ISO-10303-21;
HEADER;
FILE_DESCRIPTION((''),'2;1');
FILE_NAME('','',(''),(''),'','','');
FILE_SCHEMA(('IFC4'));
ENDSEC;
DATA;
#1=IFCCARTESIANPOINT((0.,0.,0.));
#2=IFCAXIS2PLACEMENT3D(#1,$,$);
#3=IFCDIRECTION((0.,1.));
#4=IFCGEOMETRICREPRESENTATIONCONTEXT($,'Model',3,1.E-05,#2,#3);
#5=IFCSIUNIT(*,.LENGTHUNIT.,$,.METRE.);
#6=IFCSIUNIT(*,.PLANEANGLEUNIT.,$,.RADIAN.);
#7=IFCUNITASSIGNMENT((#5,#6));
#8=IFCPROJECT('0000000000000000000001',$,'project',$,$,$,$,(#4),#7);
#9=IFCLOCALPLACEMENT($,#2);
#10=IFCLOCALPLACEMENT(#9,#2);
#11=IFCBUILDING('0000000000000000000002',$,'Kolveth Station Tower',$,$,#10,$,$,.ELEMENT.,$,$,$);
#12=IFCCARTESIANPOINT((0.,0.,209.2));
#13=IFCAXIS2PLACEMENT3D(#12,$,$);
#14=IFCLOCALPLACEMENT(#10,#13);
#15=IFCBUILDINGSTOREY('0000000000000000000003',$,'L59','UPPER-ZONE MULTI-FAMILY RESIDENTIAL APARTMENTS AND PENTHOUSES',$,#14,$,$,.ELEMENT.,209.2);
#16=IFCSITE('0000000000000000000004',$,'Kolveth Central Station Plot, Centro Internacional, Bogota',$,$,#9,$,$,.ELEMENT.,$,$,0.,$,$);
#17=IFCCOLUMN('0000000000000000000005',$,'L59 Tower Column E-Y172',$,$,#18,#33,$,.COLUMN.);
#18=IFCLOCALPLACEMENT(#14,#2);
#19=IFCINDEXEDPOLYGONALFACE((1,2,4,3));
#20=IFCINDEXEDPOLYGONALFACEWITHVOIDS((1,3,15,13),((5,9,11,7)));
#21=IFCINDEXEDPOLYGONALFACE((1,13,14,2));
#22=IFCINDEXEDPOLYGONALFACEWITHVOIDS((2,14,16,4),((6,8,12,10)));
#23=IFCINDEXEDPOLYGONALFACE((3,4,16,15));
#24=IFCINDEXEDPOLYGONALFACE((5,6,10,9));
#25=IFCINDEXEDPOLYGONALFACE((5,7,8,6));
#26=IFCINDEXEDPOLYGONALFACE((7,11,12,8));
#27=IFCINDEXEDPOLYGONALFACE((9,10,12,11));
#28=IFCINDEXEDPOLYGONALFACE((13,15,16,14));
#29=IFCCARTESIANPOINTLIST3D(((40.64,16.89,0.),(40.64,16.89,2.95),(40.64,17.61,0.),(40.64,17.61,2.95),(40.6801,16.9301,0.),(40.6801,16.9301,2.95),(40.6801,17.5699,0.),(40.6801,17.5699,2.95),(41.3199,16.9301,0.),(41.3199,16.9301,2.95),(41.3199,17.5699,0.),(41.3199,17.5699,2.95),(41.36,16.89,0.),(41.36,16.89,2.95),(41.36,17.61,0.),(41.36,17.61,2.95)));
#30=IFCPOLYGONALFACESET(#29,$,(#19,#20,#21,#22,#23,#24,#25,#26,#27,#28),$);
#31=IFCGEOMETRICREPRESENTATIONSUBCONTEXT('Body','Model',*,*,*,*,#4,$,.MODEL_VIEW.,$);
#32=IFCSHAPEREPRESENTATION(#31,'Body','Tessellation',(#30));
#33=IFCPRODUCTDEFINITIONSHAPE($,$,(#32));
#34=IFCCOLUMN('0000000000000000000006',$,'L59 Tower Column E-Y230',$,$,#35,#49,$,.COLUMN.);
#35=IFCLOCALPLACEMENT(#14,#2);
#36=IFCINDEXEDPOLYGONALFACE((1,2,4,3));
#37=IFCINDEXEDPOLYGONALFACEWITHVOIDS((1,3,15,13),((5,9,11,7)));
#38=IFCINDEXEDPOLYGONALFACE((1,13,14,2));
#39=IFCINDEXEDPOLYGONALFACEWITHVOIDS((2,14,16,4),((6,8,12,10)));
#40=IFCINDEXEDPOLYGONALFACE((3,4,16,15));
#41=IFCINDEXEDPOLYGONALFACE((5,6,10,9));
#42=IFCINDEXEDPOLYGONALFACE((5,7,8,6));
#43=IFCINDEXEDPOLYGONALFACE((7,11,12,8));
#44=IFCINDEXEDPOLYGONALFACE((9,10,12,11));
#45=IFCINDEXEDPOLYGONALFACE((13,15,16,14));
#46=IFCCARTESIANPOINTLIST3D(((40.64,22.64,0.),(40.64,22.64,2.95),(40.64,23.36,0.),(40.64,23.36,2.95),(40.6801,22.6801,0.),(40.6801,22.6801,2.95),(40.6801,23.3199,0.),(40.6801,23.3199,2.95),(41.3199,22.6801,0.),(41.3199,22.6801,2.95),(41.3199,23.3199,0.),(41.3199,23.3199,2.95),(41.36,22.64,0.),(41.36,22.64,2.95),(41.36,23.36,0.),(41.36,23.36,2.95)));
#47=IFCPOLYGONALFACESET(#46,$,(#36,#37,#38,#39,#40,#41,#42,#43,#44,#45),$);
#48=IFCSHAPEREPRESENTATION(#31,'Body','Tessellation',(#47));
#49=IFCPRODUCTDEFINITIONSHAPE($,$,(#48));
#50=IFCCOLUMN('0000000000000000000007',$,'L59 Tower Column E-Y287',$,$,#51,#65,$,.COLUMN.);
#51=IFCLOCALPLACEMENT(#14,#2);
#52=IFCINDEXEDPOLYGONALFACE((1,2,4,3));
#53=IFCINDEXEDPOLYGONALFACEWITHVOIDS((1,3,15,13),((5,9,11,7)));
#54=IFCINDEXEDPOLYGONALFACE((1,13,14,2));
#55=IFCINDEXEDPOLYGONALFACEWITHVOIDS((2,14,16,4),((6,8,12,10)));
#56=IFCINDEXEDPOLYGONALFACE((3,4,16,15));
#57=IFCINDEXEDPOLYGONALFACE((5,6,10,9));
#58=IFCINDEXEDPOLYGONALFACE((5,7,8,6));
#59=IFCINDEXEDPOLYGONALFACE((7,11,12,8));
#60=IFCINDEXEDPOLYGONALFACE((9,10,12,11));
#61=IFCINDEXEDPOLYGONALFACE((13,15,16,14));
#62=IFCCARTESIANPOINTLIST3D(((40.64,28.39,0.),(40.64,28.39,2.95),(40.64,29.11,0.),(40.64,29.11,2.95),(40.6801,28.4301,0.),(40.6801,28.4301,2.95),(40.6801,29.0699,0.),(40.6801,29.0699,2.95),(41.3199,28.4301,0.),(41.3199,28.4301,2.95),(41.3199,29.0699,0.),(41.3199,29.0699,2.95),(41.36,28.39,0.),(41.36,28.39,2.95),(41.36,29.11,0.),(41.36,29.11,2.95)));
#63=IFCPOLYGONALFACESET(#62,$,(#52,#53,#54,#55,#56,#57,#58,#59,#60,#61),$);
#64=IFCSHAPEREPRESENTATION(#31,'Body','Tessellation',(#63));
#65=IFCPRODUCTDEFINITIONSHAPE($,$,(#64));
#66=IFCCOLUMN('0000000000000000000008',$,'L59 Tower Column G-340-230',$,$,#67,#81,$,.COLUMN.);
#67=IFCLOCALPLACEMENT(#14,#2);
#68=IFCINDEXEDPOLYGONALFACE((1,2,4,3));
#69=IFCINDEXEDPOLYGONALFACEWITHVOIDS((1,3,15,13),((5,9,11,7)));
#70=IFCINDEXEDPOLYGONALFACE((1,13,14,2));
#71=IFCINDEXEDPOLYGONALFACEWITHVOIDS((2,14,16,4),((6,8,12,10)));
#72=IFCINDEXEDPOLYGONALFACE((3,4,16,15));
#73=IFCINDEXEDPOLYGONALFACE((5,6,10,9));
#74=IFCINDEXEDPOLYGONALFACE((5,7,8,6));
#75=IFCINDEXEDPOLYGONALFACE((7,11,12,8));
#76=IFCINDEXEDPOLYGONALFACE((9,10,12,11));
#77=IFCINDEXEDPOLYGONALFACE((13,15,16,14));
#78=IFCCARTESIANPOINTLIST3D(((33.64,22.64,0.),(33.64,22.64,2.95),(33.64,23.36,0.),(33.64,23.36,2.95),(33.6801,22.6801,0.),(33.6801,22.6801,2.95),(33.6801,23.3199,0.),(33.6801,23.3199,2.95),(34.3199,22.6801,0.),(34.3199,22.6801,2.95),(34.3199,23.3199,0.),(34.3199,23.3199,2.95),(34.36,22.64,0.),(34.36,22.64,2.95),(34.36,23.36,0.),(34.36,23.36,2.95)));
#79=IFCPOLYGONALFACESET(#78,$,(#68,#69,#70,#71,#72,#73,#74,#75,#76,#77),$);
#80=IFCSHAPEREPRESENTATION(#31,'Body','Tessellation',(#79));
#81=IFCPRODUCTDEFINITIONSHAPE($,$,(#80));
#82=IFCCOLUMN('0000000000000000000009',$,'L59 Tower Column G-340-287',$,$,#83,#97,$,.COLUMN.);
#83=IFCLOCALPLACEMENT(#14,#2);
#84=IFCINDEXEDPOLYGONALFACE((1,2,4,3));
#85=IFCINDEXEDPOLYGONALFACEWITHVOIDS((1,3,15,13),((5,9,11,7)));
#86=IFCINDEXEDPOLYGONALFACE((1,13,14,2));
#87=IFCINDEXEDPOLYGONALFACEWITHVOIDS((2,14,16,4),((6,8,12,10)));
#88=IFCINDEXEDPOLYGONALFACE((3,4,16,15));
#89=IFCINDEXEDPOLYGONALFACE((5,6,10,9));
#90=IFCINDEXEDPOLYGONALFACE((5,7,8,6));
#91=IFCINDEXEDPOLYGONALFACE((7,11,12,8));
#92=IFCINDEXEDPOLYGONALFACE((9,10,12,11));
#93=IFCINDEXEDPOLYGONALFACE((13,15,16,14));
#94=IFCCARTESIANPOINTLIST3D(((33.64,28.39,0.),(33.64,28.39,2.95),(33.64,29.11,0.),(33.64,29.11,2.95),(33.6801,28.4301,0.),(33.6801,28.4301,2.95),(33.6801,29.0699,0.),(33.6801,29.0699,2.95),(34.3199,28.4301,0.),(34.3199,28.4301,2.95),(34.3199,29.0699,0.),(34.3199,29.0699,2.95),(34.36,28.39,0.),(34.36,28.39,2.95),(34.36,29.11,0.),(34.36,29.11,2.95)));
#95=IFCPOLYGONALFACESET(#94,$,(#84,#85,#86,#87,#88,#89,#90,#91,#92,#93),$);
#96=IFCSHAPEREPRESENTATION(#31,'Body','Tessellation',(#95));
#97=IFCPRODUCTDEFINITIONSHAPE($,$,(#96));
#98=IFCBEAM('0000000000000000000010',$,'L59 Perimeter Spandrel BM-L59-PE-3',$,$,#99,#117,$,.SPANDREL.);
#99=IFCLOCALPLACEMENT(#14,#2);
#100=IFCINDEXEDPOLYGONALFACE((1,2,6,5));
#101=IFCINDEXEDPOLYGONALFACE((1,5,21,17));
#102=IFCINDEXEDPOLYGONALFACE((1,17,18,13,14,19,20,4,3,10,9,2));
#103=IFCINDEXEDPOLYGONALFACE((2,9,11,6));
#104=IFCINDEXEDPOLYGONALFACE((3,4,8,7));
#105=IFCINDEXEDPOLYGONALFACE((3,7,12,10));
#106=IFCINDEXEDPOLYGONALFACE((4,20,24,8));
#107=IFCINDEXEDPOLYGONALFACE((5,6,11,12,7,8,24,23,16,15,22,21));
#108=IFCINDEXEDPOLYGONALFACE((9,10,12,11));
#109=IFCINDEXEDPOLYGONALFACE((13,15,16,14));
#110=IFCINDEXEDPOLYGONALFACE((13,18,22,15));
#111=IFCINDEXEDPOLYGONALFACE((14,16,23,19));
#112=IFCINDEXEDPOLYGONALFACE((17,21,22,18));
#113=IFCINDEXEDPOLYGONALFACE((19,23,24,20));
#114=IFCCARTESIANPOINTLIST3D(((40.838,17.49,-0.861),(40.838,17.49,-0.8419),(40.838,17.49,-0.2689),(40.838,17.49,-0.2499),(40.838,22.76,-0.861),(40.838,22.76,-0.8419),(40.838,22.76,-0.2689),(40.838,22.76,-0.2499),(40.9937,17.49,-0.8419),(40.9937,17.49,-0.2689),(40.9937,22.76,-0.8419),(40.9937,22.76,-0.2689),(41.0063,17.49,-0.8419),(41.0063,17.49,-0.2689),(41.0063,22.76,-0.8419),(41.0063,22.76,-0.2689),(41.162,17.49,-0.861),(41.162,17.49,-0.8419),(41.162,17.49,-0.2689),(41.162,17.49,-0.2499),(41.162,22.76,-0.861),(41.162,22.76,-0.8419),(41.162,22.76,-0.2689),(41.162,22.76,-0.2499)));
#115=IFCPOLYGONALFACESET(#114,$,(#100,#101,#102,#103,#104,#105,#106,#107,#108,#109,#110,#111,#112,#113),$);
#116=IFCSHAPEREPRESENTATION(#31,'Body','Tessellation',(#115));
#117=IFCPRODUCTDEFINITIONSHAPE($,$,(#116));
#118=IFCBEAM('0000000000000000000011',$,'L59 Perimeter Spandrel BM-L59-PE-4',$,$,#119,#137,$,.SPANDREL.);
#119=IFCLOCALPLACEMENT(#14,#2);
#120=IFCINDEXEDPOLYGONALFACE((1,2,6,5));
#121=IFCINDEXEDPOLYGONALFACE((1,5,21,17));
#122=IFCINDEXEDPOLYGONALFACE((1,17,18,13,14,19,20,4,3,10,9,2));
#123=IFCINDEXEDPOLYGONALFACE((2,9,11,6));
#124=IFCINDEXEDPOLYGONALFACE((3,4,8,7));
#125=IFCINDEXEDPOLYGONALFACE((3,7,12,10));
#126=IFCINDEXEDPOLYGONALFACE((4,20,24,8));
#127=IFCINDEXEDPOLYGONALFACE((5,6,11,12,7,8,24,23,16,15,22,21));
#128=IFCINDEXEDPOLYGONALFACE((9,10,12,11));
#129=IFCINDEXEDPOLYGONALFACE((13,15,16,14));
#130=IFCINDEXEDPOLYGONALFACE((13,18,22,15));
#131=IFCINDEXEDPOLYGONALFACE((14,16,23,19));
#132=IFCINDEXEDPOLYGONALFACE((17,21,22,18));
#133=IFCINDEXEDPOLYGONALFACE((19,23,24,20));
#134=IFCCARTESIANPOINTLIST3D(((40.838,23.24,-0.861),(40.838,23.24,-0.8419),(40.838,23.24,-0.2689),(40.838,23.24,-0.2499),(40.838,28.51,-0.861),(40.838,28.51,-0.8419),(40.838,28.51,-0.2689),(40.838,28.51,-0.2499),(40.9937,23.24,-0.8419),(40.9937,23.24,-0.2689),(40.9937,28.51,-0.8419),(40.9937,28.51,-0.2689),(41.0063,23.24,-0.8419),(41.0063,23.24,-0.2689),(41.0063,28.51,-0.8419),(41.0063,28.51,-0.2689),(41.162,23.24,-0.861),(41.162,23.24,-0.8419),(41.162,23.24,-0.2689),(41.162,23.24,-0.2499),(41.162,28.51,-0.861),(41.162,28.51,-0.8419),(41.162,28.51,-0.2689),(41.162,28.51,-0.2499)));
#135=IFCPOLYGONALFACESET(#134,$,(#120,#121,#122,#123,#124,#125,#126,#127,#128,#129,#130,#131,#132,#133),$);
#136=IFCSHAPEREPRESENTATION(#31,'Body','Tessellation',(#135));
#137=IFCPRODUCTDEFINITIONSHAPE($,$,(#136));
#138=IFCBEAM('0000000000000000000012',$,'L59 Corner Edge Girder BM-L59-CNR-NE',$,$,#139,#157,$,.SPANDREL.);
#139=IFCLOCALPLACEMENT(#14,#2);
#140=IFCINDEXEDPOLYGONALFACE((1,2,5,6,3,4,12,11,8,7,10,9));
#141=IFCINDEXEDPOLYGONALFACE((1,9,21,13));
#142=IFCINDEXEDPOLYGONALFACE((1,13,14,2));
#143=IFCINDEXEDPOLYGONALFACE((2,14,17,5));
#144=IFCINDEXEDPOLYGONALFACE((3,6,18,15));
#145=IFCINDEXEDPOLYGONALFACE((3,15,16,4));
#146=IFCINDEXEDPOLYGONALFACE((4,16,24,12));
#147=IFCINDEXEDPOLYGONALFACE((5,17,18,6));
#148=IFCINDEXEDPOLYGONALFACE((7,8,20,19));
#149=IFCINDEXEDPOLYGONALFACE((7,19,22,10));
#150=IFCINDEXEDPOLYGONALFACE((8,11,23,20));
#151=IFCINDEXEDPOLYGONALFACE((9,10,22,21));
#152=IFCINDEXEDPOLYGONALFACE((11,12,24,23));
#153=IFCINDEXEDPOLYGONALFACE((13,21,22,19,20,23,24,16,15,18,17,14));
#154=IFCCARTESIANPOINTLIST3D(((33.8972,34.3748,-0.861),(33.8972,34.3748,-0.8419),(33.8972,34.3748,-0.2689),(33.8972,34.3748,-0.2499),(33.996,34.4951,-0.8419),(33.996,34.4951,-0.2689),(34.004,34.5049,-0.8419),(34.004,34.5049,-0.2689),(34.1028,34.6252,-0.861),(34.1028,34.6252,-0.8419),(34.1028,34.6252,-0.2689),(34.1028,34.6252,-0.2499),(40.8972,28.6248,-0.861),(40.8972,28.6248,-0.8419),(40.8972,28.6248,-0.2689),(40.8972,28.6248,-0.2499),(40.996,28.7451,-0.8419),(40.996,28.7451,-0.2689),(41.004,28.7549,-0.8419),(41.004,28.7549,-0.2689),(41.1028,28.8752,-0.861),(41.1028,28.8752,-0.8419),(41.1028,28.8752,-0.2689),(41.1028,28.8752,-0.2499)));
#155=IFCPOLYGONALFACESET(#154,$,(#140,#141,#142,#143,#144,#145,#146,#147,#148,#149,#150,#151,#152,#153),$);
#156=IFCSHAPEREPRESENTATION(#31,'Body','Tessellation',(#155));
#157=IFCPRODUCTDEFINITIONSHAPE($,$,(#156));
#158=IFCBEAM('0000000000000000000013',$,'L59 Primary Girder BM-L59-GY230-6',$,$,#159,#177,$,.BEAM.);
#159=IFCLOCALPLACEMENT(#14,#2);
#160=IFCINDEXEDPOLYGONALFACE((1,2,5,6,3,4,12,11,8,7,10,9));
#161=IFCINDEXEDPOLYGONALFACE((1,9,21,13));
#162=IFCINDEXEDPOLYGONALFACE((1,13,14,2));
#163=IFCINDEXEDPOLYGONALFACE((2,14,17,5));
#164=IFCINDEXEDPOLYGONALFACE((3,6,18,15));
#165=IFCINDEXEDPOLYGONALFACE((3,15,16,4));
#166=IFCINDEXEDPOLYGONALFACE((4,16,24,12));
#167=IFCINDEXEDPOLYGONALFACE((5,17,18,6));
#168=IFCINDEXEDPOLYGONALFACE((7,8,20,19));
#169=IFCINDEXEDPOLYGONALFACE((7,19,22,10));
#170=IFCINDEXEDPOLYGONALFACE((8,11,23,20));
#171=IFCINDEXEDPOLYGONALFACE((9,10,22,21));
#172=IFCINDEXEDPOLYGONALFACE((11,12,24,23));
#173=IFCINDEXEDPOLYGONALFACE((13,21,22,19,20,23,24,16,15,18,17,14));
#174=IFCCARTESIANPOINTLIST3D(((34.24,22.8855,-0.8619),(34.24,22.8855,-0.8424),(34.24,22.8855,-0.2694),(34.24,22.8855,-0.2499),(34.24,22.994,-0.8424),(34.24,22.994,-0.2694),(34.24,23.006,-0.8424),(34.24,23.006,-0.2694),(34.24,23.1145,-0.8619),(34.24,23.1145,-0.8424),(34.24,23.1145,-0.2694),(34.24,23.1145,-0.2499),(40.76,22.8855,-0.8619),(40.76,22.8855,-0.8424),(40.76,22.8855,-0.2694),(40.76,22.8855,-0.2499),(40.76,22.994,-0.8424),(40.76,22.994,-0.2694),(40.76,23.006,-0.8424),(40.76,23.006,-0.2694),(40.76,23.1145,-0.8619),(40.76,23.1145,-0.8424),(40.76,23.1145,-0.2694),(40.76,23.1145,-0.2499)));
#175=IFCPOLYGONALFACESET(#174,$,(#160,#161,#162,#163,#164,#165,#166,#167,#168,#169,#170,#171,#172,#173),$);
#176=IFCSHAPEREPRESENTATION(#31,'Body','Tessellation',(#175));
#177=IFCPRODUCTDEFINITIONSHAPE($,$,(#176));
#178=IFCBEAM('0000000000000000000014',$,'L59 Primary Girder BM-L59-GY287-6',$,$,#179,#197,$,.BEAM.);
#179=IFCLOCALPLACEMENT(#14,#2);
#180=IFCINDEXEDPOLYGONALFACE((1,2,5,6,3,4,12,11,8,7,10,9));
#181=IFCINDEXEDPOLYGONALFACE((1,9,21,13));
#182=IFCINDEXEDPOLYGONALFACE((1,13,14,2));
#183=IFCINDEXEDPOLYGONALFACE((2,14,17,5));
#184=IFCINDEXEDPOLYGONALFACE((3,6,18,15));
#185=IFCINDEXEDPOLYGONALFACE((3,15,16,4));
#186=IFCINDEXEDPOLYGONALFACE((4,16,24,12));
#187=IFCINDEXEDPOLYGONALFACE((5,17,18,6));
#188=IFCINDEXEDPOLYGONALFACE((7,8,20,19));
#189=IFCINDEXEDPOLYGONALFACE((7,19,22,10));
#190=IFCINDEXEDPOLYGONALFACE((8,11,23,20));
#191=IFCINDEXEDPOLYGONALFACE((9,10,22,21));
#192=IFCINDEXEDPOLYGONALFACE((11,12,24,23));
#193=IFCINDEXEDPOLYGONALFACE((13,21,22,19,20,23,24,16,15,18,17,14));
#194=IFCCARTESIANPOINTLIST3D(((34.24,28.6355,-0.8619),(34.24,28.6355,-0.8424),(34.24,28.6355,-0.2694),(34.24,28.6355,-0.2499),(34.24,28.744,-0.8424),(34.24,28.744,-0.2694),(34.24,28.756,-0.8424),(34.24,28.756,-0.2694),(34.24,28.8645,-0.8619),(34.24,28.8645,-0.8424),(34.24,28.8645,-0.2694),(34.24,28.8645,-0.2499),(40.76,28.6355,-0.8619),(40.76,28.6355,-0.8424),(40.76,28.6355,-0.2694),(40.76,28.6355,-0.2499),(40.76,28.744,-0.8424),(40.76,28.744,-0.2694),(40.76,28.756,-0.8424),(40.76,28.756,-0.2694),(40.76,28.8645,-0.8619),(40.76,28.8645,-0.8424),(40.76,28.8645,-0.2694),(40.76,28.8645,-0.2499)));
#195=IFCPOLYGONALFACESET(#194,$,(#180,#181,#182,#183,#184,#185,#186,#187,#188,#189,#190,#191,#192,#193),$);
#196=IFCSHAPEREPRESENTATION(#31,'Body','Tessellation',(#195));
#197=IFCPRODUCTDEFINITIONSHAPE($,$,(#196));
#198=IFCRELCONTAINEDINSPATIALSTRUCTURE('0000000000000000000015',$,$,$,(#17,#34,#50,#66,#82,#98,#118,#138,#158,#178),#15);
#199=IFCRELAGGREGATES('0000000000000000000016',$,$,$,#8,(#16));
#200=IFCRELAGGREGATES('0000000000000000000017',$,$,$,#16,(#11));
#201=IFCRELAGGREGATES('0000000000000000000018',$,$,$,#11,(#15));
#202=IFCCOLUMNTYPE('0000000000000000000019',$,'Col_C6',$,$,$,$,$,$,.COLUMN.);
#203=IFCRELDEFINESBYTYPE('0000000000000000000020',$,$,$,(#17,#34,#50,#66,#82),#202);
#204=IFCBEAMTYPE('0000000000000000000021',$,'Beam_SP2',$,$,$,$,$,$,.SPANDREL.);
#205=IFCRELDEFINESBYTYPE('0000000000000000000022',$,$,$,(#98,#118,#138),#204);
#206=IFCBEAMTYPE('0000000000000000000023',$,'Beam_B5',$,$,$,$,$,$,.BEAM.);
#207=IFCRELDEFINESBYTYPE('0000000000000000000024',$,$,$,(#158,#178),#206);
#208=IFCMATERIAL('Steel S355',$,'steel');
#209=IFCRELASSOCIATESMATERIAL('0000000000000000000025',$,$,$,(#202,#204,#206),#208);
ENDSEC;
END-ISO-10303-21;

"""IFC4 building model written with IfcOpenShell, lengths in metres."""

from ifc_helpers import new_model, si_unit, direction, frame, origin, origin_2d, place, context, subcontext, project, spatial, hollow_rectangle, i_section, extrude, source, transform, mapped, material, material_profile, profile_set, type_object, element, save


model = new_model("IFC4")

# Units and contexts
model_context = context("Model", 3, precision=1e-05, world=origin(), true_north=direction((0.0, 1.0)))
body_context = subcontext(model_context, "Body", "Model", "MODEL_VIEW")
ifc_project = project(units=[si_unit("LENGTHUNIT", "METRE"), si_unit("PLANEANGLEUNIT", "RADIAN")], contexts=[model_context])

# Site, building, storey
site_placement = place(None, origin())
site = spatial("IfcSite", under=ifc_project, at=site_placement, Name="Kolveth Central Station Plot, Centro Internacional, Bogota", CompositionType="ELEMENT", RefElevation=0.0)
building_placement = place(site_placement, origin())
building = spatial("IfcBuilding", under=site, at=building_placement, Name="Kolveth Station Tower", CompositionType="ELEMENT")
storey_placement = place(building_placement, frame((0.0, 0.0, 209.2)))
storey = spatial("IfcBuildingStorey", under=building, at=storey_placement, Name="L59", Description="UPPER-ZONE MULTI-FAMILY RESIDENTIAL APARTMENTS AND PENTHOUSES", CompositionType="ELEMENT", Elevation=209.2)

# Columns
ifc_material_1 = material(Name="Steel S355", Category="steel")
ifc_material_profile_1 = material_profile(ifc_material_1, hollow_rectangle(XDim=0.72, YDim=0.72, WallThickness=0.04, at=origin_2d()), Name="BOX720x720x40")
ifc_profile_set_1 = profile_set([ifc_material_profile_1], Name="Steel S355")
column_type = type_object("IfcColumnType", Name="Col_C6", PredefinedType="COLUMN", material=ifc_profile_set_1)
shared_shape_1 = source(origin(), body_context, "Body", "SweptSolid", [
    extrude(hollow_rectangle(XDim=0.72, YDim=0.72, WallThickness=0.04, at=origin_2d()), origin(), (0.0, 0.0, 1.0), 2.95),
])
for number, where, z_axis, x_axis, name in (
    (1, (41.0, 17.25, 0.0), (0.0, 0.0, 1.0), (1.0, 0.0, 0.0), "L59 Tower Column E-Y172"),
    (2, (41.0, 23.0, 0.0), (0.0, 0.0, 1.0), (1.0, 0.0, 0.0), "L59 Tower Column E-Y230"),
    (3, (41.0, 28.75, 0.0), (0.0, 0.0, 1.0), (1.0, 0.0, 0.0), "L59 Tower Column E-Y287"),
    (4, (34.0, 23.0, 0.0), (0.0, 0.0, 1.0), (1.0, 0.0, 0.0), "L59 Tower Column G-340-230"),
    (5, (34.0, 28.75, 0.0), (0.0, 0.0, 1.0), (1.0, 0.0, 0.0), "L59 Tower Column G-340-287"),
):
    element("IfcColumn", number, at=place(storey_placement, frame(where, z_axis=z_axis, x_axis=x_axis)), inside=storey, type_object=column_type, Name=name, PredefinedType="COLUMN", context=body_context, shape_type="MappedRepresentation", body=[
        mapped(shared_shape_1, transform((0.0, 0.0, 0.0), x_axis=(1.0, 0.0, 0.0), y_axis=(0.0, 1.0, 0.0), z_axis=(0.0, 0.0, 1.0), scale=1.0)),
    ])

# Beams
ifc_material_profile_2 = material_profile(ifc_material_1, i_section(OverallWidth=0.324, OverallDepth=0.6111, WebThickness=0.0127, FlangeThickness=0.019, at=origin_2d()), Name="W610x155")
ifc_profile_set_2 = profile_set([ifc_material_profile_2], Name="Steel S355")
beam_type_1 = type_object("IfcBeamType", Name="Beam_SP2", PredefinedType="SPANDREL", material=ifc_profile_set_2)
shared_shape_2 = source(origin(), body_context, "Body", "SweptSolid", [
    extrude(i_section(OverallWidth=0.324, OverallDepth=0.6111, WebThickness=0.0127, FlangeThickness=0.019, at=origin_2d()), origin(), (0.0, 0.0, 1.0), 5.27),
])
for number, where, z_axis, x_axis, name in (
    (6, (41.0, 17.49, -0.5554), (0.0, 1.0, 0.0), (-1.0, 0.0, 0.0), "L59 Perimeter Spandrel BM-L59-PE-3"),
    (7, (41.0, 23.24, -0.5554), (0.0, 1.0, 0.0), (-1.0, 0.0, 0.0), "L59 Perimeter Spandrel BM-L59-PE-4"),
):
    element("IfcBeam", number, at=place(storey_placement, frame(where, z_axis=z_axis, x_axis=x_axis)), inside=storey, type_object=beam_type_1, Name=name, PredefinedType="SPANDREL", context=body_context, shape_type="MappedRepresentation", body=[
        mapped(shared_shape_2, transform((0.0, 0.0, 0.0), x_axis=(1.0, 0.0, 0.0), y_axis=(0.0, 1.0, 0.0), z_axis=(0.0, 0.0, 1.0), scale=1.0)),
    ])
shared_shape_3 = source(origin(), body_context, "Body", "SweptSolid", [
    extrude(i_section(OverallWidth=0.324, OverallDepth=0.6111, WebThickness=0.0127, FlangeThickness=0.019, at=origin_2d()), origin(), (0.0, 0.0, 1.0), 9.0588),
])
beam_placement = place(storey_placement, frame((41.0, 28.75, -0.5554), z_axis=(-0.772726, 0.634739, 0.0), x_axis=(-0.634739, -0.772726, 0.0)))
element("IfcBeam", 8, at=beam_placement, inside=storey, type_object=beam_type_1, Name="L59 Corner Edge Girder BM-L59-CNR-NE", PredefinedType="SPANDREL", context=body_context, shape_type="MappedRepresentation", body=[
    mapped(shared_shape_3, transform((0.0, 0.0, 0.0), x_axis=(1.0, 0.0, 0.0), y_axis=(0.0, 1.0, 0.0), z_axis=(0.0, 0.0, 1.0), scale=1.0)),
])
ifc_material_profile_3 = material_profile(ifc_material_1, i_section(OverallWidth=0.229, OverallDepth=0.6121, WebThickness=0.012, FlangeThickness=0.0195, at=origin_2d()), Name="W610x125")
ifc_profile_set_3 = profile_set([ifc_material_profile_3], Name="Steel S355")
beam_type_2 = type_object("IfcBeamType", Name="Beam_B5", PredefinedType="BEAM", material=ifc_profile_set_3)
shared_shape_4 = source(origin(), body_context, "Body", "SweptSolid", [
    extrude(i_section(OverallWidth=0.229, OverallDepth=0.6121, WebThickness=0.012, FlangeThickness=0.0195, at=origin_2d()), origin(), (0.0, 0.0, 1.0), 6.52),
])
for number, where, z_axis, x_axis, name in (
    (9, (34.24, 23.0, -0.5559), (1.0, 0.0, 0.0), (0.0, 1.0, 0.0), "L59 Primary Girder BM-L59-GY230-6"),
    (10, (34.24, 28.75, -0.5559), (1.0, 0.0, 0.0), (0.0, 1.0, 0.0), "L59 Primary Girder BM-L59-GY287-6"),
):
    element("IfcBeam", number, at=place(storey_placement, frame(where, z_axis=z_axis, x_axis=x_axis)), inside=storey, type_object=beam_type_2, Name=name, PredefinedType="BEAM", context=body_context, shape_type="MappedRepresentation", body=[
        mapped(shared_shape_4, transform((0.0, 0.0, 0.0), x_axis=(1.0, 0.0, 0.0), y_axis=(0.0, 1.0, 0.0), z_axis=(0.0, 0.0, 1.0), scale=1.0)),
    ])

save(model, "model.ifc")
